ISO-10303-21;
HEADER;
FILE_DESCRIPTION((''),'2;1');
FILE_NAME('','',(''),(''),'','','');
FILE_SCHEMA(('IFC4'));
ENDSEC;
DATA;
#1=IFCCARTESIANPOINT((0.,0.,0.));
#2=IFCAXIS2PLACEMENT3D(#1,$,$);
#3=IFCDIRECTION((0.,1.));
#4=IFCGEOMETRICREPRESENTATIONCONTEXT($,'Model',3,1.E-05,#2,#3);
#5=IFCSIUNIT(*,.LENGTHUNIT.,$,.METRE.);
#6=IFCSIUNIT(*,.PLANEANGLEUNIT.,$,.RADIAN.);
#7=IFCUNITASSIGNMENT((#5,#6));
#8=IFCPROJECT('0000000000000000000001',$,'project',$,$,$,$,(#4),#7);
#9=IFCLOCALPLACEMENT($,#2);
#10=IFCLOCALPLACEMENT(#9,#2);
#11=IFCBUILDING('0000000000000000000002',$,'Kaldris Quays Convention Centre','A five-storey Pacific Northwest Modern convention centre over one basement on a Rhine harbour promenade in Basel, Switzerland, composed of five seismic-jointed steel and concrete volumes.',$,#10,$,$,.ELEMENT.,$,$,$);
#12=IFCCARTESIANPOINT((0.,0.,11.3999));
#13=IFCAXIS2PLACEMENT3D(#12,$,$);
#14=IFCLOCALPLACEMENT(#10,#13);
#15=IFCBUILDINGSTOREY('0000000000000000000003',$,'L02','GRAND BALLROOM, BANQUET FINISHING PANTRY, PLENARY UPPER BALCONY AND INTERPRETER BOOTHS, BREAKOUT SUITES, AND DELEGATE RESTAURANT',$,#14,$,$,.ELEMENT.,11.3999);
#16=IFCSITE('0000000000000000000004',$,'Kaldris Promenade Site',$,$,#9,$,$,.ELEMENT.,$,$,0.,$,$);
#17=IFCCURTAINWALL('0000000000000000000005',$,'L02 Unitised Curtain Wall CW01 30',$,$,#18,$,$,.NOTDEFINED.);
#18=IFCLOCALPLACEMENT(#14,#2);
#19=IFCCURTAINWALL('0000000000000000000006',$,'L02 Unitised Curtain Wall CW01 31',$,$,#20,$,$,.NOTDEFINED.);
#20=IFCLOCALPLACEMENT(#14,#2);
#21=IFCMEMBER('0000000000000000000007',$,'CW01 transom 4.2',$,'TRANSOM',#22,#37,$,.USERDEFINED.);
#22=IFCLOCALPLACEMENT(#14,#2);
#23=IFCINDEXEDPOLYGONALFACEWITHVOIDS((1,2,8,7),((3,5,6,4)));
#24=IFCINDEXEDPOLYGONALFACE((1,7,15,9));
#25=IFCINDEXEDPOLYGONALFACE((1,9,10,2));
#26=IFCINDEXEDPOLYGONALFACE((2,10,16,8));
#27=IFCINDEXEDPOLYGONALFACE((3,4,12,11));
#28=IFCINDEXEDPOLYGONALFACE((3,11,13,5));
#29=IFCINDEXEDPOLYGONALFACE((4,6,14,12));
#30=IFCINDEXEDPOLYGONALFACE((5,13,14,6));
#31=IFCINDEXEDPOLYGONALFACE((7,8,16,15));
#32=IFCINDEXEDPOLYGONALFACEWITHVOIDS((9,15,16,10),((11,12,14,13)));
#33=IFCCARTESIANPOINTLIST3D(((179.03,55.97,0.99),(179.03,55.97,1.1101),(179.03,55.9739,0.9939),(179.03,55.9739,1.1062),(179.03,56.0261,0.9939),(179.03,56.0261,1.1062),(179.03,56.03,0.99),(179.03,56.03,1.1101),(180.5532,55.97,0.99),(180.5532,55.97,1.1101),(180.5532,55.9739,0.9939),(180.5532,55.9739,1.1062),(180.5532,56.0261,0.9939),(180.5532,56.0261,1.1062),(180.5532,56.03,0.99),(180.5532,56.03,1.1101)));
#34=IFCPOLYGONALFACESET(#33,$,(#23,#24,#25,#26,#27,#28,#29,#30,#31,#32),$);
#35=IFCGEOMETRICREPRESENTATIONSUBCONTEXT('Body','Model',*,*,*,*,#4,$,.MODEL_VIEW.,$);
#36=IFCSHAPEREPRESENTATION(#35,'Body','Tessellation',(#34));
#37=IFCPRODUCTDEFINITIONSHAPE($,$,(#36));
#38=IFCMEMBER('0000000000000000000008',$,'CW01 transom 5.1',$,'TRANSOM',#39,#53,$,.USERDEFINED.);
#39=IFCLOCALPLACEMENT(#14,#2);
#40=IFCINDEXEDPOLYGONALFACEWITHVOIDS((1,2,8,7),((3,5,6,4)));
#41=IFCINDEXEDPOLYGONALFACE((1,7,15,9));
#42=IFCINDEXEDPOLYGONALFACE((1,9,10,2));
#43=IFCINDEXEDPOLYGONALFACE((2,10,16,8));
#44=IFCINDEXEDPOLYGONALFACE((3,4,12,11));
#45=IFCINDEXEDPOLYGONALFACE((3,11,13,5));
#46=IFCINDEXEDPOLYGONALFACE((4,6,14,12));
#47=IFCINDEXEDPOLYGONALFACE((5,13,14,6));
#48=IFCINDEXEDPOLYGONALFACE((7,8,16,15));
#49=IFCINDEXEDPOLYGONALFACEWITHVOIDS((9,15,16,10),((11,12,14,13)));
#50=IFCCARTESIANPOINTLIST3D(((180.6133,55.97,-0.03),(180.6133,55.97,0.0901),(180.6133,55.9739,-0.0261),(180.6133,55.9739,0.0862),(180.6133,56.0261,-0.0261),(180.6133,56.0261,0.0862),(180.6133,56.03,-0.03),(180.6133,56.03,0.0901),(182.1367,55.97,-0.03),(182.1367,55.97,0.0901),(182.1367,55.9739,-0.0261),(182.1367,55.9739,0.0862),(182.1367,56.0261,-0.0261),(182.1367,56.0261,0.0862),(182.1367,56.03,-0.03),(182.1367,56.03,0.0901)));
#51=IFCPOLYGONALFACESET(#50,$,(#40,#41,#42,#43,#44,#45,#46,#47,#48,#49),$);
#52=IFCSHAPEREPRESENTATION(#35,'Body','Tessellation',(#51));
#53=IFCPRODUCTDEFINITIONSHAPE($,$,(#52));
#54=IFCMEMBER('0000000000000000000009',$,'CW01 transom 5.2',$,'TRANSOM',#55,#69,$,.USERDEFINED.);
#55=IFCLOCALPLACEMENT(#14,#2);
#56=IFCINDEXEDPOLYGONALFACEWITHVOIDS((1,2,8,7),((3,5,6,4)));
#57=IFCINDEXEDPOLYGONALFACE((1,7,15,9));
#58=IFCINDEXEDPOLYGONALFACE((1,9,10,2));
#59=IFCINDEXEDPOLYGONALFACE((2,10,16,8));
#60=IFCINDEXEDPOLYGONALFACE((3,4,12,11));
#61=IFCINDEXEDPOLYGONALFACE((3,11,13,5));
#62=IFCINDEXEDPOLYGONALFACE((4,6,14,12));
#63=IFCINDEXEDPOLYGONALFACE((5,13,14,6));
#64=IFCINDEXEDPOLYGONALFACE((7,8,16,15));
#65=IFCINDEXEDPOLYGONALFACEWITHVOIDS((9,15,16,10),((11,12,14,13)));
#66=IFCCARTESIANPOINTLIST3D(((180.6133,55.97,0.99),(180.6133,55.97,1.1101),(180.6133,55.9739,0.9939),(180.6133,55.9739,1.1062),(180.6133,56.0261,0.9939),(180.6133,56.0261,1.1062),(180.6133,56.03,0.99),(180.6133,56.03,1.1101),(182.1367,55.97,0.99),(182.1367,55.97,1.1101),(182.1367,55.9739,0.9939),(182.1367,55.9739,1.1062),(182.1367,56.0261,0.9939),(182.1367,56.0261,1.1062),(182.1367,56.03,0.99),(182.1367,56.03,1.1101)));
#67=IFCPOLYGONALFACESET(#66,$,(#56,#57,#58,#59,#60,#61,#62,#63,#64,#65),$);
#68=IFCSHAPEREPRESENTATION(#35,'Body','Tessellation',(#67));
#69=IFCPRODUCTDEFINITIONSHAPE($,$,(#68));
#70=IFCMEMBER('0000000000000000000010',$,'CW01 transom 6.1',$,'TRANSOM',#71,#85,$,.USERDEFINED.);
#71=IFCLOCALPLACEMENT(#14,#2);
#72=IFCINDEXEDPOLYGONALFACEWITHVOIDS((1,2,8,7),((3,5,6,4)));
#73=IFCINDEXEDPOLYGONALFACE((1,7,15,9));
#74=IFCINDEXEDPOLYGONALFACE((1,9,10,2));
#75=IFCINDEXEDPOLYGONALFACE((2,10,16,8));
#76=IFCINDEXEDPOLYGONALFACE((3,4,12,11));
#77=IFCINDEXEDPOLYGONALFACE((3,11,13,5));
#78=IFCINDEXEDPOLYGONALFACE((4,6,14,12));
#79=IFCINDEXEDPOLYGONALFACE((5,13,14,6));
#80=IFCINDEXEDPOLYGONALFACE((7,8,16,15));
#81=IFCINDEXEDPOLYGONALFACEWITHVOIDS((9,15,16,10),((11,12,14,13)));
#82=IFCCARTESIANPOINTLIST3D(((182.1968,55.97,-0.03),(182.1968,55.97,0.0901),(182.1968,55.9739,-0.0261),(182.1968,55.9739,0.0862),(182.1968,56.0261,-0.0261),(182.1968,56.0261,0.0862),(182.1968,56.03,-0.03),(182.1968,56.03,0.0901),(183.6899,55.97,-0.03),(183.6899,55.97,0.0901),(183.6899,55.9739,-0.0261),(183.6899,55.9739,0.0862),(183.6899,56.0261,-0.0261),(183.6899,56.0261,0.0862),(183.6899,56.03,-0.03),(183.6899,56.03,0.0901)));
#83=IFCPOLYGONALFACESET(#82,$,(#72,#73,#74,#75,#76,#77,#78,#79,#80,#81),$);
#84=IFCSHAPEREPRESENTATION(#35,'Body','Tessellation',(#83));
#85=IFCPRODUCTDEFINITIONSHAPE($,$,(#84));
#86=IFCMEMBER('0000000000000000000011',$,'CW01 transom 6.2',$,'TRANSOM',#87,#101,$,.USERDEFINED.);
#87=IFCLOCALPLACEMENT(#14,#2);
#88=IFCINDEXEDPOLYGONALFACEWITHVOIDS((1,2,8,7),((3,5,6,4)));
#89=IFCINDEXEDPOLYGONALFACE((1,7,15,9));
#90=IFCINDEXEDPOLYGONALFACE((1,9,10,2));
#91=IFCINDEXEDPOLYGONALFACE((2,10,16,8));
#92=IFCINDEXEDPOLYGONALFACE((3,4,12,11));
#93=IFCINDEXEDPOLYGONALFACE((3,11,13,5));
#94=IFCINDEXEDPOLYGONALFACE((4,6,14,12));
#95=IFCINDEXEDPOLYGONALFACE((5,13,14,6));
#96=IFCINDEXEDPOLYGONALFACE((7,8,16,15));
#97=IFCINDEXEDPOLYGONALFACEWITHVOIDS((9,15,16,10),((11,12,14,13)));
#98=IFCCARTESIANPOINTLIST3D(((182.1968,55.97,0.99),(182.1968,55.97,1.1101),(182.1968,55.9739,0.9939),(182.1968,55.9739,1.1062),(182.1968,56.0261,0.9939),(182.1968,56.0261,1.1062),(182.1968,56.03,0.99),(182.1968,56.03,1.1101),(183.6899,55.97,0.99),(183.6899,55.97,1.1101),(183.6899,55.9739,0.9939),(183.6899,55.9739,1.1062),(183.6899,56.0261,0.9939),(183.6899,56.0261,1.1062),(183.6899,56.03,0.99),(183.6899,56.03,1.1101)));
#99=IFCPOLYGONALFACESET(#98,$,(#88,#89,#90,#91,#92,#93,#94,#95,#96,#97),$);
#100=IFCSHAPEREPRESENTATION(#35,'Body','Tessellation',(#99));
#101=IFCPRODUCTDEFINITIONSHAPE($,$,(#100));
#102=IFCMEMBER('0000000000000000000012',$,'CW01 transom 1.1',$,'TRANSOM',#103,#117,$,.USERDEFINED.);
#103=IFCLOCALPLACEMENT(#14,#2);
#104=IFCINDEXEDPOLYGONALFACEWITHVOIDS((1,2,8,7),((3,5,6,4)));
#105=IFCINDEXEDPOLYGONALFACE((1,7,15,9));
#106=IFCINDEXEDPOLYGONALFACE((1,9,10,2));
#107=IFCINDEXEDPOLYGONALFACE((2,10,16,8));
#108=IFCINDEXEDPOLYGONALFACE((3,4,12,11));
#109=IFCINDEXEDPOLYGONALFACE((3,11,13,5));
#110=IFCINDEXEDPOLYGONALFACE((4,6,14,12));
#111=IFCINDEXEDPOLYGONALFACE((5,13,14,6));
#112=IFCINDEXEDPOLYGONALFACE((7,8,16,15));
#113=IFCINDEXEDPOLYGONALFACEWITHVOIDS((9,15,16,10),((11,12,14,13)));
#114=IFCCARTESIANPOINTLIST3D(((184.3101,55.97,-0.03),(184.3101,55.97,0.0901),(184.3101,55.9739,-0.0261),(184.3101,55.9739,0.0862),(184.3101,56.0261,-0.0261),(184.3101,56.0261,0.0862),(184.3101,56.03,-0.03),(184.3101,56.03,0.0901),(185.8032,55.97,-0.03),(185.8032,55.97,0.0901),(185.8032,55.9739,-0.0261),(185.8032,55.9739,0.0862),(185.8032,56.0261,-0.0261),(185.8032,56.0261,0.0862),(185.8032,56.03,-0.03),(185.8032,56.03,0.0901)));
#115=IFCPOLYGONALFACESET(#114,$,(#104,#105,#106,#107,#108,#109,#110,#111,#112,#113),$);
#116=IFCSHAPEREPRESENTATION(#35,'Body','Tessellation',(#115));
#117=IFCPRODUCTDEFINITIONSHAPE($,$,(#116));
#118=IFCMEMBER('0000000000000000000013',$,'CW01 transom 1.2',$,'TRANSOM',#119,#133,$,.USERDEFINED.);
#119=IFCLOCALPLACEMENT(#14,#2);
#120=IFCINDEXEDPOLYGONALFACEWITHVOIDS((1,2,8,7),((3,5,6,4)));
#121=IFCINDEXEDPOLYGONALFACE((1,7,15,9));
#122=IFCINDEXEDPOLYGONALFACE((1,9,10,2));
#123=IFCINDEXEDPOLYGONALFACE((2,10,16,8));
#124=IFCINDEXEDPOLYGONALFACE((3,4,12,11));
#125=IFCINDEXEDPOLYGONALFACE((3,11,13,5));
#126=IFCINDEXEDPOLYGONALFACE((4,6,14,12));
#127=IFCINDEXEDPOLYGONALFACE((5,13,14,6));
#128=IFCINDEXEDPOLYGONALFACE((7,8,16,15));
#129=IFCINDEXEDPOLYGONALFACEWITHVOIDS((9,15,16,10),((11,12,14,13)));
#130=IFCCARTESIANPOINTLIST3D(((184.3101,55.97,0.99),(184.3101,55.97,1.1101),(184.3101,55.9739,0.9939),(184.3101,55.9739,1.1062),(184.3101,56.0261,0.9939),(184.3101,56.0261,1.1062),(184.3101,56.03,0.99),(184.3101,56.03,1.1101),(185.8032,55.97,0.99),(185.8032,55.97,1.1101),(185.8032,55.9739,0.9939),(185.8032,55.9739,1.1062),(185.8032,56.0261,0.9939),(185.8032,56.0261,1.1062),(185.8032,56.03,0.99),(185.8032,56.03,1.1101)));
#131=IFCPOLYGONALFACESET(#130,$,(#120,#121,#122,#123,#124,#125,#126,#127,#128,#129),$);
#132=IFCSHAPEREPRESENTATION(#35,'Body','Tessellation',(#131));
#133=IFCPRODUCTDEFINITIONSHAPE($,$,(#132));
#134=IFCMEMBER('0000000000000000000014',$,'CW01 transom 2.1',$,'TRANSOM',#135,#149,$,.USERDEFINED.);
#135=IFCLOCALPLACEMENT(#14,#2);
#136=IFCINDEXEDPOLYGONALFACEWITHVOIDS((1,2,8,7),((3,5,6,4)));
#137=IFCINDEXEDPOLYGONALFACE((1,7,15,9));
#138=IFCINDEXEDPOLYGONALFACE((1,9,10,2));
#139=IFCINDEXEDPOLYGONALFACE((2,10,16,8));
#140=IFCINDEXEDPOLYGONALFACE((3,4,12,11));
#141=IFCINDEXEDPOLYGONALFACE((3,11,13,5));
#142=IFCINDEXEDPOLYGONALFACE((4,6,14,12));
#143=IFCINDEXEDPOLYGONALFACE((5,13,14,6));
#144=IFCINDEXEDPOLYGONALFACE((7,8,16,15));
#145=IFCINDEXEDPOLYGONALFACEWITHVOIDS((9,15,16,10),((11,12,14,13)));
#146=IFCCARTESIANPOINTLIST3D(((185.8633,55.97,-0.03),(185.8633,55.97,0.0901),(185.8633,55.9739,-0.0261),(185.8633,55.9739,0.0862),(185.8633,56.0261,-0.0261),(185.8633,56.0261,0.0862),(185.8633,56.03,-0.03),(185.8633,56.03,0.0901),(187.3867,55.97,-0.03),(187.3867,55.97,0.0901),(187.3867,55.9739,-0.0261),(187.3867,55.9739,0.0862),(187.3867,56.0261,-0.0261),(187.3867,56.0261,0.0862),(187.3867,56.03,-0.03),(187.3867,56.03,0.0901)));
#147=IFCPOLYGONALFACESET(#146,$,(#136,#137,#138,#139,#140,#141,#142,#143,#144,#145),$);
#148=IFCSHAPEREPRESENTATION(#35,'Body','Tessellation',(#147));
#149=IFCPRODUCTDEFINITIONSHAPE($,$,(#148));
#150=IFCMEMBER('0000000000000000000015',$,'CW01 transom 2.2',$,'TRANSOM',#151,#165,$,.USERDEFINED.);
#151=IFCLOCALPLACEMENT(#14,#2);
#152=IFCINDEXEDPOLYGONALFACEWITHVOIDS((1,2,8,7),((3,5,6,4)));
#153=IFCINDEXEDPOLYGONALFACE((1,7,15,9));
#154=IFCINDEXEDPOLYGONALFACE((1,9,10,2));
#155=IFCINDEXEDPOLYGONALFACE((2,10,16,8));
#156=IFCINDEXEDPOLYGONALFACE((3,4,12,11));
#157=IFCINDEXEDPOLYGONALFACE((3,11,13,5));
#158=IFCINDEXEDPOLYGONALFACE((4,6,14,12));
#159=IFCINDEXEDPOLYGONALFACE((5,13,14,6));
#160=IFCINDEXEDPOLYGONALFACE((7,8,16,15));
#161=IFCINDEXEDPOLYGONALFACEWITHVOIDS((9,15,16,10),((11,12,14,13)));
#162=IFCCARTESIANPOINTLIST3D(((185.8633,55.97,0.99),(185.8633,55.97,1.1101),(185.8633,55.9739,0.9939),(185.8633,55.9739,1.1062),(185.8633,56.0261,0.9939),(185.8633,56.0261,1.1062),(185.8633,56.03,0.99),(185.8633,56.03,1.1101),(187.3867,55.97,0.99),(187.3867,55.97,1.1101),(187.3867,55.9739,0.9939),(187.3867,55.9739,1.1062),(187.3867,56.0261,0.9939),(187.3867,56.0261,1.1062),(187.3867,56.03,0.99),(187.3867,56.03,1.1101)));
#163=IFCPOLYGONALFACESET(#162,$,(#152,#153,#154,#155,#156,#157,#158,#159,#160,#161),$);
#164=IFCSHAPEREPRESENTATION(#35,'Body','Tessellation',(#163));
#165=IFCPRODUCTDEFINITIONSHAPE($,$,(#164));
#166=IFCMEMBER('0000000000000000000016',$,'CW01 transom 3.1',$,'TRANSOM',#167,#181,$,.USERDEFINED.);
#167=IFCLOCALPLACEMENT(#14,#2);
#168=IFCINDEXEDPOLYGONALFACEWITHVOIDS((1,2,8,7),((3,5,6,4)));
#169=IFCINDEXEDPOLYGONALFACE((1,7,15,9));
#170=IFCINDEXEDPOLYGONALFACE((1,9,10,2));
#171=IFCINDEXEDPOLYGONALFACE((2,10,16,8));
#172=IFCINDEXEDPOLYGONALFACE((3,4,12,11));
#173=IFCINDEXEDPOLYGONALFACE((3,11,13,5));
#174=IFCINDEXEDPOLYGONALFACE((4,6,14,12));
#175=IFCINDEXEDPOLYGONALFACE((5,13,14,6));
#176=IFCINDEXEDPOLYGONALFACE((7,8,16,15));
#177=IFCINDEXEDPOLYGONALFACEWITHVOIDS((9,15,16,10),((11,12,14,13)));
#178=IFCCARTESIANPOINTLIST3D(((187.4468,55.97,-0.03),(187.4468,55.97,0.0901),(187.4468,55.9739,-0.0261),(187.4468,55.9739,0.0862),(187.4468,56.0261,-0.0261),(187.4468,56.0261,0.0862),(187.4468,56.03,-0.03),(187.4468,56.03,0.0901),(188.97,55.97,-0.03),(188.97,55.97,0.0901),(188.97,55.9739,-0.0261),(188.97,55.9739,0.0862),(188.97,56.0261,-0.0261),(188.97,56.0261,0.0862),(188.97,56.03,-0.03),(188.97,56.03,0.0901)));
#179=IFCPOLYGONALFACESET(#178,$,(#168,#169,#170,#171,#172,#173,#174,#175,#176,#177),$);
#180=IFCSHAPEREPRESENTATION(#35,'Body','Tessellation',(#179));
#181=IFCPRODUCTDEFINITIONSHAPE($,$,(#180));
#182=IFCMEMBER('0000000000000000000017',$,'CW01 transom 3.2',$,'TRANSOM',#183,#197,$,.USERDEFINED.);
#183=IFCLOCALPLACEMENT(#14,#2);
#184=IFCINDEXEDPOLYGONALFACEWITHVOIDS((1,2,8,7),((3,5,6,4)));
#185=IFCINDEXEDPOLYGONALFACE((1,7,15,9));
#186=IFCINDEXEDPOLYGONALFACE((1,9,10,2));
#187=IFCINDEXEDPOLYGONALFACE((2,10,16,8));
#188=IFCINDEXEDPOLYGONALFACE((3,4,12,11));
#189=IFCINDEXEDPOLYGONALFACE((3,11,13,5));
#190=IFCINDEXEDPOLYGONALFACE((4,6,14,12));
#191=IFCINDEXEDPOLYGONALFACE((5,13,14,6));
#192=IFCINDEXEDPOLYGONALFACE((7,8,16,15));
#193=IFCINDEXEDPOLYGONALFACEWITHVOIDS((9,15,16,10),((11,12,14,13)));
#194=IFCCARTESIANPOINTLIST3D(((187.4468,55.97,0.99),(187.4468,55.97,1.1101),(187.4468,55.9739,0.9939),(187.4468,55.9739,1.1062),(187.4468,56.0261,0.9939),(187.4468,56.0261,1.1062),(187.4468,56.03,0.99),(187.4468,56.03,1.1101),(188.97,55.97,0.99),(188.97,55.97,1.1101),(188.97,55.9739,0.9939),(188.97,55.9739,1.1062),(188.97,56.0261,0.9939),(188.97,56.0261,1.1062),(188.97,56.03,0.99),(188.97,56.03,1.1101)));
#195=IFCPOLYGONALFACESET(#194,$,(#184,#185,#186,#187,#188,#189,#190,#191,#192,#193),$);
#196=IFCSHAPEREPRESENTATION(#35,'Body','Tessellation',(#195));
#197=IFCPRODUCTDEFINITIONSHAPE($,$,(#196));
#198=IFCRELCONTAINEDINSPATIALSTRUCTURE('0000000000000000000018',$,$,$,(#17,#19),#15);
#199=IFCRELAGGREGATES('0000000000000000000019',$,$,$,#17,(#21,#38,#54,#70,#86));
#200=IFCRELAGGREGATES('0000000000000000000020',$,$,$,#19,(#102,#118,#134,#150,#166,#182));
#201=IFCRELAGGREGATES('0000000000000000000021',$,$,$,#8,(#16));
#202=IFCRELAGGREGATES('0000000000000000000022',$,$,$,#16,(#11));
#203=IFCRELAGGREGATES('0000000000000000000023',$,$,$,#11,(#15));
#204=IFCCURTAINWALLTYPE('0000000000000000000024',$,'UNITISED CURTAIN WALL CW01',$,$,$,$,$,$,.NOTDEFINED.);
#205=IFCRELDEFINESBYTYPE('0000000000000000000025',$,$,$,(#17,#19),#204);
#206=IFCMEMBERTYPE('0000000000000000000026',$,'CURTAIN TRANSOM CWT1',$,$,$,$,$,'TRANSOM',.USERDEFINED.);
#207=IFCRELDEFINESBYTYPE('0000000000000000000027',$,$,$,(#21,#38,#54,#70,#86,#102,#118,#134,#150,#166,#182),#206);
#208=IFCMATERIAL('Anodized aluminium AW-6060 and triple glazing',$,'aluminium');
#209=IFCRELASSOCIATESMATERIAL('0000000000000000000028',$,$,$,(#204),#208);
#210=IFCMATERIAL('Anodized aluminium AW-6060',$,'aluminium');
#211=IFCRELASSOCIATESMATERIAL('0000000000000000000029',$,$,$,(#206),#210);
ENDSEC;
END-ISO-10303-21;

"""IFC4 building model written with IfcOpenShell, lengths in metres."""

from ifc_helpers import new_model, si_unit, direction, frame, origin, origin_2d, place, context, subcontext, project, spatial, hollow_rectangle, extrude, material, material_profile, profile_set, type_object, element, aggregate, save


model = new_model("IFC4")

# Units and contexts
model_context = context("Model", 3, precision=1e-05, world=origin(), true_north=direction((0.0, 1.0)))
body_context = subcontext(model_context, "Body", "Model", "MODEL_VIEW")
ifc_project = project(units=[si_unit("LENGTHUNIT", "METRE"), si_unit("PLANEANGLEUNIT", "RADIAN")], contexts=[model_context])

# Site, building, storey
site_placement = place(None, origin())
site = spatial("IfcSite", under=ifc_project, at=site_placement, Name="Kaldris Promenade Site", CompositionType="ELEMENT", RefElevation=0.0)
building_placement = place(site_placement, origin())
building = spatial("IfcBuilding", under=site, at=building_placement, Name="Kaldris Quays Convention Centre", Description="A five-storey Pacific Northwest Modern convention centre over one basement on a Rhine harbour promenade in Basel, Switzerland, composed of five seismic-jointed steel and concrete volumes.", CompositionType="ELEMENT")
storey_placement = place(building_placement, frame((0.0, 0.0, 11.3999)))
storey = spatial("IfcBuildingStorey", under=building, at=storey_placement, Name="L02", Description="GRAND BALLROOM, BANQUET FINISHING PANTRY, PLENARY UPPER BALCONY AND INTERPRETER BOOTHS, BREAKOUT SUITES, AND DELEGATE RESTAURANT", CompositionType="ELEMENT", Elevation=11.3999)

# Curtain walls
ifc_material_1 = material(Name="Anodized aluminium AW-6060 and triple glazing", Category="aluminium")
curtain_wall_type = type_object("IfcCurtainWallType", Name="UNITISED CURTAIN WALL CW01", PredefinedType="NOTDEFINED", material=ifc_material_1)
curtain_wall_1_placement = place(storey_placement, origin())
curtain_wall_1 = element("IfcCurtainWall", 1, at=curtain_wall_1_placement, inside=storey, type_object=curtain_wall_type, Name="L02 Unitised Curtain Wall CW01 30", PredefinedType="NOTDEFINED")
ifc_material_2 = material(Name="Anodized aluminium AW-6060", Category="aluminium")
curtain_wall_2_placement = place(storey_placement, origin())
curtain_wall_2 = element("IfcCurtainWall", 2, at=curtain_wall_2_placement, inside=storey, type_object=curtain_wall_type, Name="L02 Unitised Curtain Wall CW01 31", PredefinedType="NOTDEFINED")

# Members
ifc_material_profile_1 = material_profile(ifc_material_2, hollow_rectangle(XDim=0.0601, YDim=0.1201, WallThickness=0.0039, at=origin_2d()), Name="RHS 120x60x4")
ifc_profile_set_1 = profile_set([ifc_material_profile_1], Name="Anodized aluminium AW-6060")
member_type_1 = type_object("IfcMemberType", Name="CURTAIN TRANSOM CWT1", ElementType="TRANSOM", PredefinedType="USERDEFINED", material=ifc_profile_set_1)
member_1_placement = place(storey_placement, frame((179.03, 56.0, 1.05), z_axis=(1.0, 0.0, 0.0), x_axis=(0.0, 1.0, 0.0)))
member_1 = element("IfcMember", 3, at=member_1_placement, type_object=member_type_1, Name="CW01 transom 4.2", ObjectType="TRANSOM", PredefinedType="USERDEFINED", context=body_context, shape_type="SweptSolid", body=[
    extrude(hollow_rectangle(XDim=0.0601, YDim=0.1201, WallThickness=0.0039, at=origin_2d()), origin(), (0.0, 0.0, 1.0), 1.5232),
])
member_2_placement = place(storey_placement, frame((180.6133, 56.0, 0.03), z_axis=(1.0, 0.0, 0.0), x_axis=(0.0, 1.0, 0.0)))
member_2 = element("IfcMember", 4, at=member_2_placement, type_object=member_type_1, Name="CW01 transom 5.1", ObjectType="TRANSOM", PredefinedType="USERDEFINED", context=body_context, shape_type="SweptSolid", body=[
    extrude(hollow_rectangle(XDim=0.0601, YDim=0.1201, WallThickness=0.0039, at=origin_2d()), origin(), (0.0, 0.0, 1.0), 1.5234),
])
member_3_placement = place(storey_placement, frame((180.6133, 56.0, 1.05), z_axis=(1.0, 0.0, 0.0), x_axis=(0.0, 1.0, 0.0)))
member_3 = element("IfcMember", 5, at=member_3_placement, type_object=member_type_1, Name="CW01 transom 5.2", ObjectType="TRANSOM", PredefinedType="USERDEFINED", context=body_context, shape_type="SweptSolid", body=[
    extrude(hollow_rectangle(XDim=0.0601, YDim=0.1201, WallThickness=0.0039, at=origin_2d()), origin(), (0.0, 0.0, 1.0), 1.5234),
])
member_4_placement = place(storey_placement, frame((182.1968, 56.0, 0.03), z_axis=(1.0, 0.0, 0.0), x_axis=(0.0, 1.0, 0.0)))
member_4 = element("IfcMember", 6, at=member_4_placement, type_object=member_type_1, Name="CW01 transom 6.1", ObjectType="TRANSOM", PredefinedType="USERDEFINED", context=body_context, shape_type="SweptSolid", body=[
    extrude(hollow_rectangle(XDim=0.0601, YDim=0.1201, WallThickness=0.0039, at=origin_2d()), origin(), (0.0, 0.0, 1.0), 1.4932),
])
member_5_placement = place(storey_placement, frame((182.1968, 56.0, 1.05), z_axis=(1.0, 0.0, 0.0), x_axis=(0.0, 1.0, 0.0)))
member_5 = element("IfcMember", 7, at=member_5_placement, type_object=member_type_1, Name="CW01 transom 6.2", ObjectType="TRANSOM", PredefinedType="USERDEFINED", context=body_context, shape_type="SweptSolid", body=[
    extrude(hollow_rectangle(XDim=0.0601, YDim=0.1201, WallThickness=0.0039, at=origin_2d()), origin(), (0.0, 0.0, 1.0), 1.4932),
])
member_6_placement = place(storey_placement, frame((184.3101, 56.0, 0.03), z_axis=(1.0, 0.0, 0.0), x_axis=(0.0, 1.0, 0.0)))
member_6 = element("IfcMember", 8, at=member_6_placement, type_object=member_type_1, Name="CW01 transom 1.1", ObjectType="TRANSOM", PredefinedType="USERDEFINED", context=body_context, shape_type="SweptSolid", body=[
    extrude(hollow_rectangle(XDim=0.0601, YDim=0.1201, WallThickness=0.0039, at=origin_2d()), origin(), (0.0, 0.0, 1.0), 1.4932),
])
member_7_placement = place(storey_placement, frame((184.3101, 56.0, 1.05), z_axis=(1.0, 0.0, 0.0), x_axis=(0.0, 1.0, 0.0)))
member_7 = element("IfcMember", 9, at=member_7_placement, type_object=member_type_1, Name="CW01 transom 1.2", ObjectType="TRANSOM", PredefinedType="USERDEFINED", context=body_context, shape_type="SweptSolid", body=[
    extrude(hollow_rectangle(XDim=0.0601, YDim=0.1201, WallThickness=0.0039, at=origin_2d()), origin(), (0.0, 0.0, 1.0), 1.4932),
])
member_8_placement = place(storey_placement, frame((185.8633, 56.0, 0.03), z_axis=(1.0, 0.0, 0.0), x_axis=(0.0, 1.0, 0.0)))
member_8 = element("IfcMember", 10, at=member_8_placement, type_object=member_type_1, Name="CW01 transom 2.1", ObjectType="TRANSOM", PredefinedType="USERDEFINED", context=body_context, shape_type="SweptSolid", body=[
    extrude(hollow_rectangle(XDim=0.0601, YDim=0.1201, WallThickness=0.0039, at=origin_2d()), origin(), (0.0, 0.0, 1.0), 1.5234),
])
member_9_placement = place(storey_placement, frame((185.8633, 56.0, 1.05), z_axis=(1.0, 0.0, 0.0), x_axis=(0.0, 1.0, 0.0)))
member_9 = element("IfcMember", 11, at=member_9_placement, type_object=member_type_1, Name="CW01 transom 2.2", ObjectType="TRANSOM", PredefinedType="USERDEFINED", context=body_context, shape_type="SweptSolid", body=[
    extrude(hollow_rectangle(XDim=0.0601, YDim=0.1201, WallThickness=0.0039, at=origin_2d()), origin(), (0.0, 0.0, 1.0), 1.5234),
])
member_10_placement = place(storey_placement, frame((187.4468, 56.0, 0.03), z_axis=(1.0, 0.0, 0.0), x_axis=(0.0, 1.0, 0.0)))
member_10 = element("IfcMember", 12, at=member_10_placement, type_object=member_type_1, Name="CW01 transom 3.1", ObjectType="TRANSOM", PredefinedType="USERDEFINED", context=body_context, shape_type="SweptSolid", body=[
    extrude(hollow_rectangle(XDim=0.0601, YDim=0.1201, WallThickness=0.0039, at=origin_2d()), origin(), (0.0, 0.0, 1.0), 1.5232),
])
member_11_placement = place(storey_placement, frame((187.4468, 56.0, 1.05), z_axis=(1.0, 0.0, 0.0), x_axis=(0.0, 1.0, 0.0)))
member_11 = element("IfcMember", 13, at=member_11_placement, type_object=member_type_1, Name="CW01 transom 3.2", ObjectType="TRANSOM", PredefinedType="USERDEFINED", context=body_context, shape_type="SweptSolid", body=[
    extrude(hollow_rectangle(XDim=0.0601, YDim=0.1201, WallThickness=0.0039, at=origin_2d()), origin(), (0.0, 0.0, 1.0), 1.5232),
])

aggregate(curtain_wall_1, [member_1, member_2, member_3, member_4, member_5])
aggregate(curtain_wall_2, [member_6, member_7, member_8, member_9, member_10, member_11])

save(model, "model.ifc")
